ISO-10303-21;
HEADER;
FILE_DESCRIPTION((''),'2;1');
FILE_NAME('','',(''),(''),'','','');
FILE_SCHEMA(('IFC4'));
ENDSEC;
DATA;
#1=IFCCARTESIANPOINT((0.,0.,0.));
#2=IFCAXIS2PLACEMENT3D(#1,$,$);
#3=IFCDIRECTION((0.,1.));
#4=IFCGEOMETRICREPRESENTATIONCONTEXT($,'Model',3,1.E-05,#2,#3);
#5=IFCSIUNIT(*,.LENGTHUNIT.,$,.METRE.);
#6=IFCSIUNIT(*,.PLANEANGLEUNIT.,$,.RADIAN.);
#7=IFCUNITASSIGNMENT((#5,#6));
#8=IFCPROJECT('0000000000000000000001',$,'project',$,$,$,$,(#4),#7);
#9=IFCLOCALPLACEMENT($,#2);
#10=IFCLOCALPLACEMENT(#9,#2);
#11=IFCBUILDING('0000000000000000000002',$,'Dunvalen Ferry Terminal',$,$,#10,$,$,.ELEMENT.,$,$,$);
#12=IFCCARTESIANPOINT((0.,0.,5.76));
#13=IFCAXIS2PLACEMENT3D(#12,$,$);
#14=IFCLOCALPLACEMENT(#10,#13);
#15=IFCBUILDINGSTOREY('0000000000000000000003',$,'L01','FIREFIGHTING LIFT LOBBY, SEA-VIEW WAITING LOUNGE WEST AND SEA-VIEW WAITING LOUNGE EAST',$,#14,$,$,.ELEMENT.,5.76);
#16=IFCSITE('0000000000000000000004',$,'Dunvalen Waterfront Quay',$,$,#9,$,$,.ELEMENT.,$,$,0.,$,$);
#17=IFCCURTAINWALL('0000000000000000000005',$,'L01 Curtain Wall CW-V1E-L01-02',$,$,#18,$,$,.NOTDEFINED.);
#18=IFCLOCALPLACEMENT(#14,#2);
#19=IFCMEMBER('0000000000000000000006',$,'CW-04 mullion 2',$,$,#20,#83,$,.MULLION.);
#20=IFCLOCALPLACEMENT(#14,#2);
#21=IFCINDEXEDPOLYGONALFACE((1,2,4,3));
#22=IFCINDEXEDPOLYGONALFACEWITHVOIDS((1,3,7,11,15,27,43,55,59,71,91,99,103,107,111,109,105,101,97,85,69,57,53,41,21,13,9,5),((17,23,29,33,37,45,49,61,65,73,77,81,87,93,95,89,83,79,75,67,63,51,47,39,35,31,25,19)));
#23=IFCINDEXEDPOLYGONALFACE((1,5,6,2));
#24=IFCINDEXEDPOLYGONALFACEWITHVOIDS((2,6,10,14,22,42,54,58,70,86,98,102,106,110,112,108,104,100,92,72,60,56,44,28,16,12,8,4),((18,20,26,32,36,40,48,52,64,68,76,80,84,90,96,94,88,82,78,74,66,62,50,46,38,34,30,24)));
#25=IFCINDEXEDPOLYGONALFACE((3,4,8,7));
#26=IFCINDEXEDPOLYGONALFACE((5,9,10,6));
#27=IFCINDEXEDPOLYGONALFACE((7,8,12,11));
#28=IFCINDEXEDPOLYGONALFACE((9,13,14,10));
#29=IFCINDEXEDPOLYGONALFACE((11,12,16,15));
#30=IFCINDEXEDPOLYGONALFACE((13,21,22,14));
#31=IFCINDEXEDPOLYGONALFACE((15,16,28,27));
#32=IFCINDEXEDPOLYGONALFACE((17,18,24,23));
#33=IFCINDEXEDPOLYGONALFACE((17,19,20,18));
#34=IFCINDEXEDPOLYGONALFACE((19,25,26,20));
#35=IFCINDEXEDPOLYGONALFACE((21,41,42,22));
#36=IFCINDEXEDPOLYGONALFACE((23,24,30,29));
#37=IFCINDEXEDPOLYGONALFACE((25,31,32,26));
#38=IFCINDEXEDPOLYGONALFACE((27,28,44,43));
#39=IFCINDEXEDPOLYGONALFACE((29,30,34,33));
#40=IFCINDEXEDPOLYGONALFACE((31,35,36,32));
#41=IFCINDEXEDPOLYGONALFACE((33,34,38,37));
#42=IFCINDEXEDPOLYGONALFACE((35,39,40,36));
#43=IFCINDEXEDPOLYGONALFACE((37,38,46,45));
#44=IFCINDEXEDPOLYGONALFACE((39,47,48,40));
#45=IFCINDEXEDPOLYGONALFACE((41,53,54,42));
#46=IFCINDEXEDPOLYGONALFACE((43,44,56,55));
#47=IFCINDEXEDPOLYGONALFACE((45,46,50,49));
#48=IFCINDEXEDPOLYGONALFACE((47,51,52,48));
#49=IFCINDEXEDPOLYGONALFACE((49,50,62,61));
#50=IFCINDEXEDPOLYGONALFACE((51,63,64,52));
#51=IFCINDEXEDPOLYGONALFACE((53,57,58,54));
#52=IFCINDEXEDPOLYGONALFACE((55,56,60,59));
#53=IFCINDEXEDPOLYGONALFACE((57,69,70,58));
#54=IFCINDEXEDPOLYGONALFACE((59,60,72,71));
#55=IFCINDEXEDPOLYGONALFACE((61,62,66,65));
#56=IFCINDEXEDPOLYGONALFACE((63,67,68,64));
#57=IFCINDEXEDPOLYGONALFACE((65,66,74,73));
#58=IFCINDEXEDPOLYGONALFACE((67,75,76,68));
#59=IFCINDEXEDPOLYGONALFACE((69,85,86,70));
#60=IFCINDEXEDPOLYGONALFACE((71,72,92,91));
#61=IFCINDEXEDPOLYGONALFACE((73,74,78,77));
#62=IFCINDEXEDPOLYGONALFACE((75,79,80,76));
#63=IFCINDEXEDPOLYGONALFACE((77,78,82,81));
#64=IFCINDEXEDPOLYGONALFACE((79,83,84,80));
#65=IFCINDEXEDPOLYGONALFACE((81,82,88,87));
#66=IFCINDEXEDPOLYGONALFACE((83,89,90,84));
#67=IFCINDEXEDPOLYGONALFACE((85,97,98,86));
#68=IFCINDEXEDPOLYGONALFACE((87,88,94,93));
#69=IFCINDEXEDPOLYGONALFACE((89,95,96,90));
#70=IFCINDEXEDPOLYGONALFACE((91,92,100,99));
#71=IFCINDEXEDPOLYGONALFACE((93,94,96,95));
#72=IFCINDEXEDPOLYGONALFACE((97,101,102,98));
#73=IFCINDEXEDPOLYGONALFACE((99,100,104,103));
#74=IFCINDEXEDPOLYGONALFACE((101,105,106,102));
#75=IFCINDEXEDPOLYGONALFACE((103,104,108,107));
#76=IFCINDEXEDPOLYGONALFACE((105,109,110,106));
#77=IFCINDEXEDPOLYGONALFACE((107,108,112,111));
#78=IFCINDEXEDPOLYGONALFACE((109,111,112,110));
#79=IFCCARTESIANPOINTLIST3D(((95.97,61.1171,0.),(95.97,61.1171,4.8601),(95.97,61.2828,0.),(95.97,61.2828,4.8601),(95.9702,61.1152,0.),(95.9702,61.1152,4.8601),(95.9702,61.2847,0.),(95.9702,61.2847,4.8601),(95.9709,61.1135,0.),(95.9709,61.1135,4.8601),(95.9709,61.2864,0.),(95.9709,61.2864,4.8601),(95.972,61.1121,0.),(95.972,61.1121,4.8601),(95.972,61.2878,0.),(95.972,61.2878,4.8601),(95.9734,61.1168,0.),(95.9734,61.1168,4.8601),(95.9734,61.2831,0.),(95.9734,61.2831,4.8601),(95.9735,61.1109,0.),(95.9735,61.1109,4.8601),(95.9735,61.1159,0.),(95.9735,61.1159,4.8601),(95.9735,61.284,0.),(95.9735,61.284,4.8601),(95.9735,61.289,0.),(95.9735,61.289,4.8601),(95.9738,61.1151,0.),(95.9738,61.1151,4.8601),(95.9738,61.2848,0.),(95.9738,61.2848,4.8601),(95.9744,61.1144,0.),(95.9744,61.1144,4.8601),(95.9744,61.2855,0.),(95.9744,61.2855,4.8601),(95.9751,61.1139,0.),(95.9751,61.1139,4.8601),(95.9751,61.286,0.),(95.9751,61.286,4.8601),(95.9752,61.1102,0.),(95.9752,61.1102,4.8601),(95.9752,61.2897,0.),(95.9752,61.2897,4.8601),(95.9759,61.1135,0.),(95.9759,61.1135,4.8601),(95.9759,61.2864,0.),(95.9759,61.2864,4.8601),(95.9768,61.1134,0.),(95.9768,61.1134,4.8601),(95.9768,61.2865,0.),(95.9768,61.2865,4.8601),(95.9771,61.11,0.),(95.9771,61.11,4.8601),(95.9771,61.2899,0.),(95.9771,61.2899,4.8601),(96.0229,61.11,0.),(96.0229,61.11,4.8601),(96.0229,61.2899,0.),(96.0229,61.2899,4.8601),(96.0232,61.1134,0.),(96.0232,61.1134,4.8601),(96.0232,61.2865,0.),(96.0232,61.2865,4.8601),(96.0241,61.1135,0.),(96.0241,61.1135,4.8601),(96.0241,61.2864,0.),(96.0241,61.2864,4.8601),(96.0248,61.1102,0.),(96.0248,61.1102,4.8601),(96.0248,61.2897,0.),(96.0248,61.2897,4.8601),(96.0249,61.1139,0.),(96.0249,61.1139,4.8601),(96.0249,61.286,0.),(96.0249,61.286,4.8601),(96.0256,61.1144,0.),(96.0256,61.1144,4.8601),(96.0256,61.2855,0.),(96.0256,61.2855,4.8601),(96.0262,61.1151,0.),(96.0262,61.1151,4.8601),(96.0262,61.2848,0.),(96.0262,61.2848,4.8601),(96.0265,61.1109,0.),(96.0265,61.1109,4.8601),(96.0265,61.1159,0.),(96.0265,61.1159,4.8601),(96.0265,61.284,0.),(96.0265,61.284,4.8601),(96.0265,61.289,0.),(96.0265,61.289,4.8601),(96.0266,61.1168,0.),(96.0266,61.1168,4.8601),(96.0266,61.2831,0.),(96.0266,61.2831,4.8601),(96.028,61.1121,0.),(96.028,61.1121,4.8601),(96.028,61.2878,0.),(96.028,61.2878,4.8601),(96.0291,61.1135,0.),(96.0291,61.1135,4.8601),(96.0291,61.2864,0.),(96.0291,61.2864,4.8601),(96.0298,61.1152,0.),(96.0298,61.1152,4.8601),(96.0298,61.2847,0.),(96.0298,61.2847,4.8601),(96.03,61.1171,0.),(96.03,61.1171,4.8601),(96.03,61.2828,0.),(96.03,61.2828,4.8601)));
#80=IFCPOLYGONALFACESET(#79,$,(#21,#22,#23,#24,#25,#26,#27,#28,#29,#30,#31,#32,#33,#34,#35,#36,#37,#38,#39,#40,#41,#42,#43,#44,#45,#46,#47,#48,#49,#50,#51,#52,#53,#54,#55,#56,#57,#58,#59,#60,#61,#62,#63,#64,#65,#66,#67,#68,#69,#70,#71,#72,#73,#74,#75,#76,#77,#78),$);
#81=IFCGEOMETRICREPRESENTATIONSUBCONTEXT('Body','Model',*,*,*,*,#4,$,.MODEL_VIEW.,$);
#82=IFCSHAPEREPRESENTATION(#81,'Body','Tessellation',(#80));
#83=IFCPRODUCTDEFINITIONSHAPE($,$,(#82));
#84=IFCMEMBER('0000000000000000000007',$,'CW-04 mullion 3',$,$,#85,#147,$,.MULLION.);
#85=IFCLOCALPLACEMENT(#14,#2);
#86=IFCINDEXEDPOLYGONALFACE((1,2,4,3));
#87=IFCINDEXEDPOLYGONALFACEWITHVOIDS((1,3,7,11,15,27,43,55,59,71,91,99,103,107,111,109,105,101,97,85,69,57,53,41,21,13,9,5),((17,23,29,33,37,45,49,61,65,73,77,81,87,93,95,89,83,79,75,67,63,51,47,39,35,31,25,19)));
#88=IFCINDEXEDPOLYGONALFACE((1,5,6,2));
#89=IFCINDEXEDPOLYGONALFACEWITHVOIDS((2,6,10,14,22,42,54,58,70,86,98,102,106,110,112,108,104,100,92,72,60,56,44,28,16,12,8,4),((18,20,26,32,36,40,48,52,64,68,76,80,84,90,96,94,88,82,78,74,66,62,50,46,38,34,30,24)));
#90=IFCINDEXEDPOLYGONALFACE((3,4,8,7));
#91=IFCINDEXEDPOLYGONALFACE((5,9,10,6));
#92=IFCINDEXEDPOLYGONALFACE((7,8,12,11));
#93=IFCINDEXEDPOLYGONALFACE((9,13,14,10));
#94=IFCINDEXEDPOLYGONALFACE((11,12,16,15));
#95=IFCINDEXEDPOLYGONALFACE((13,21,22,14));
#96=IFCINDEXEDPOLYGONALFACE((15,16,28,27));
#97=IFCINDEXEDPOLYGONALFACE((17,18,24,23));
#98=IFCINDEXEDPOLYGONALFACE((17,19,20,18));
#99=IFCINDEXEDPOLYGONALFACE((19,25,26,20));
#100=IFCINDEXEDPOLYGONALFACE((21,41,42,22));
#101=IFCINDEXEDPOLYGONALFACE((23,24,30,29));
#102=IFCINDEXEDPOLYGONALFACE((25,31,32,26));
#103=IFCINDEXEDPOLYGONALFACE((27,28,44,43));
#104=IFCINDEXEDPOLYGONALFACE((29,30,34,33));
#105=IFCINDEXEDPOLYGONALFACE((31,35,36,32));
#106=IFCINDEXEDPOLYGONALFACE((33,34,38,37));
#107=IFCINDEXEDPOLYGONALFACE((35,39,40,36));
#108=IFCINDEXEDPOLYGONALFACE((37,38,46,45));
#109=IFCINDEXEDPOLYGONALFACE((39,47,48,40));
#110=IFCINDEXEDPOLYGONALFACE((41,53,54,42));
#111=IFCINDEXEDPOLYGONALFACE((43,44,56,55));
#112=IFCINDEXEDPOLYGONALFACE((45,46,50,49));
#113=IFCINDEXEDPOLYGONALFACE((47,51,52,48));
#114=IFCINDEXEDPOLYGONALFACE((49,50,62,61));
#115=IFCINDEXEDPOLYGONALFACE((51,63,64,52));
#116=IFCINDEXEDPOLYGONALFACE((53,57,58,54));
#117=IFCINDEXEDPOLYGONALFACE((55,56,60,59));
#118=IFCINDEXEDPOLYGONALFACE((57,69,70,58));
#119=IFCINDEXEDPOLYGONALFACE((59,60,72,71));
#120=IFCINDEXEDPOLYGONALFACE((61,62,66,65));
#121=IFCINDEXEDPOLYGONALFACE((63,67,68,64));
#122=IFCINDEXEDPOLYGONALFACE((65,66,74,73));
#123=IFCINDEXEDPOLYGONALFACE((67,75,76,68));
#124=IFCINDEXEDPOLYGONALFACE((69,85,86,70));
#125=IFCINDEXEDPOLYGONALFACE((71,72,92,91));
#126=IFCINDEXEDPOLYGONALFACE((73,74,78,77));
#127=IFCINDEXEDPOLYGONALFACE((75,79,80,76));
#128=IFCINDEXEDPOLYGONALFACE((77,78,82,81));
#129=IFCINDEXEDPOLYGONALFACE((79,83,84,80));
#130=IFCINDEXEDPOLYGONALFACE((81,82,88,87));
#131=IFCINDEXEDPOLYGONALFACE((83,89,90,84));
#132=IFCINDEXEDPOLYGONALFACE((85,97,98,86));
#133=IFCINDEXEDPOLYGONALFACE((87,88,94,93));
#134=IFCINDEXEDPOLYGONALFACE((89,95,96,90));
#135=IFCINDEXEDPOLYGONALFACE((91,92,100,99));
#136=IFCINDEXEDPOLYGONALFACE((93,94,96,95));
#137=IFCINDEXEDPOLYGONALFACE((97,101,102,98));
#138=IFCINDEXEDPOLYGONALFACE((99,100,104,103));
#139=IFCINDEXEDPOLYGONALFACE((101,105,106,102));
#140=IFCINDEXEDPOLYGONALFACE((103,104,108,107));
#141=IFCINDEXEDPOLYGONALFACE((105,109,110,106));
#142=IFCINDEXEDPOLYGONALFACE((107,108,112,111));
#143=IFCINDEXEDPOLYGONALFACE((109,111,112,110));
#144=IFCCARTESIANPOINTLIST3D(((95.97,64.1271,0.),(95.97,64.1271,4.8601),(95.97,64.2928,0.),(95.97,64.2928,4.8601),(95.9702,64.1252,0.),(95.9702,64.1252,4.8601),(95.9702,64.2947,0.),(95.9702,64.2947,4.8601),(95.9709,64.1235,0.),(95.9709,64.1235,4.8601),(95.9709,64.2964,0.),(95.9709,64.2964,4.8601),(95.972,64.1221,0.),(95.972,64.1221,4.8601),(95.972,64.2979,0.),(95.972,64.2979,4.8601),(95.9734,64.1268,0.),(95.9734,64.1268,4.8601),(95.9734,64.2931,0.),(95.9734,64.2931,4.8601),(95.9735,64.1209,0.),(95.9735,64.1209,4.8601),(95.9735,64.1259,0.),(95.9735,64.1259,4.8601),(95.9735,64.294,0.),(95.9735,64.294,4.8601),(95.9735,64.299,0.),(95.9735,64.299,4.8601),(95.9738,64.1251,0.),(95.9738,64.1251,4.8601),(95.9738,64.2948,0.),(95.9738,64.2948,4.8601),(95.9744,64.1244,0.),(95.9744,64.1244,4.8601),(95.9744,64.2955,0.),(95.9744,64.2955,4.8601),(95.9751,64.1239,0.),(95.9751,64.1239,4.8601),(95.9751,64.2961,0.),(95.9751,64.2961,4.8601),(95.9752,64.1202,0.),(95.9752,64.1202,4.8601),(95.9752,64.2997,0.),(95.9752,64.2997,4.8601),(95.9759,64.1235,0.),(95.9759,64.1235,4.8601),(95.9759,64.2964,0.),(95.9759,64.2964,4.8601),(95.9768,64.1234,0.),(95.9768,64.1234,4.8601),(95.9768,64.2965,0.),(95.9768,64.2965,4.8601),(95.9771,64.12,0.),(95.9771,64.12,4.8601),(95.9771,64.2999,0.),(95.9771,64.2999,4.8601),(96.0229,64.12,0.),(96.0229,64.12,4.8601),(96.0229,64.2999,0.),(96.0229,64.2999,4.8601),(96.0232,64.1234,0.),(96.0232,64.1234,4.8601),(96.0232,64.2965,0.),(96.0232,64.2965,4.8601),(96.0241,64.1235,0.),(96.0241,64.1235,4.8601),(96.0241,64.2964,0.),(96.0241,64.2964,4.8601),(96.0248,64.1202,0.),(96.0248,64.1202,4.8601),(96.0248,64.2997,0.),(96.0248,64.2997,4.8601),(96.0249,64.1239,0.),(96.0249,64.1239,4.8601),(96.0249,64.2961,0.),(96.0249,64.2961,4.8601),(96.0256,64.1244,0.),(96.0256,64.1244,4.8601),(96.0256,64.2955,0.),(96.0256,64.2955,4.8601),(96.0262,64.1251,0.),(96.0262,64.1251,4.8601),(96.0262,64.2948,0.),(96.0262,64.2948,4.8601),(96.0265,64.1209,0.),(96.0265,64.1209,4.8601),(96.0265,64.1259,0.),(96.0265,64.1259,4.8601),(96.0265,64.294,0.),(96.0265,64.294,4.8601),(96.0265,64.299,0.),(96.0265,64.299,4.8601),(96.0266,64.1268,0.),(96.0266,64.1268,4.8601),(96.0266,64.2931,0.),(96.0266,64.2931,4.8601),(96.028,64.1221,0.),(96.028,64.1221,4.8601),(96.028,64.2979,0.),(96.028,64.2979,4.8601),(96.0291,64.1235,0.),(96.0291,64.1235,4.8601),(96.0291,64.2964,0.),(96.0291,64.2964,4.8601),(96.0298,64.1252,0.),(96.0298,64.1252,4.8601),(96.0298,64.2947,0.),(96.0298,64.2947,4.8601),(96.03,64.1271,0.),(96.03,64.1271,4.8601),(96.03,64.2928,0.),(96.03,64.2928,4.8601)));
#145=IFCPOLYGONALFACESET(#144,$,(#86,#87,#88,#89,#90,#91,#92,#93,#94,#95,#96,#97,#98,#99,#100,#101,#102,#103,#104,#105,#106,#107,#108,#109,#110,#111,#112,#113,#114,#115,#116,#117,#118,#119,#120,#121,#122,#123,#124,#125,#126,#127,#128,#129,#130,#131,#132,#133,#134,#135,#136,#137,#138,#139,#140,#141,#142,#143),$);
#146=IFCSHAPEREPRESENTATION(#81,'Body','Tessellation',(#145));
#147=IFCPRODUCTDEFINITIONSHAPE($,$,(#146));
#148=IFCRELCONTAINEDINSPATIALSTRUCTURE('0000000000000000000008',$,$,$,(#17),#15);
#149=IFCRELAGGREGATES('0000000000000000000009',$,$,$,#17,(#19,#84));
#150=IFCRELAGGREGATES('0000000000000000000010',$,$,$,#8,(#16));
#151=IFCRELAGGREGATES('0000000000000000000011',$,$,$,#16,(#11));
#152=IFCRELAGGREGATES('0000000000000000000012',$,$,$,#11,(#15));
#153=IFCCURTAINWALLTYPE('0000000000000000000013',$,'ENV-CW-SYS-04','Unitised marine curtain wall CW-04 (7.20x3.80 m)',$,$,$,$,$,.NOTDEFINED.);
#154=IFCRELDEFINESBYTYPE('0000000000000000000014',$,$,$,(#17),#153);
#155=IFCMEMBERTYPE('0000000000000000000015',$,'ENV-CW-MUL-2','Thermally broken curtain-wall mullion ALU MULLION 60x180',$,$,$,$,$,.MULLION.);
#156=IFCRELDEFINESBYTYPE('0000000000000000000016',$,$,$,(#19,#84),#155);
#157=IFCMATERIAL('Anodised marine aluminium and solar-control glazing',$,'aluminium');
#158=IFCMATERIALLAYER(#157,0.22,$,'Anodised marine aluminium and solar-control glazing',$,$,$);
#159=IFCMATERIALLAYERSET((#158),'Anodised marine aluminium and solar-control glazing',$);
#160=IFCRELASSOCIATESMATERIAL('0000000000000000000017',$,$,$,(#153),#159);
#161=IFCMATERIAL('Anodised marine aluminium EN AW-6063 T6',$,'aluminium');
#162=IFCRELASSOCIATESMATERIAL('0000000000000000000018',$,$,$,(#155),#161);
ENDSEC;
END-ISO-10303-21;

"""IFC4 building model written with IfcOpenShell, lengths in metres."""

from ifc_helpers import new_model, si_unit, direction, frame, origin, origin_2d, place, context, subcontext, project, spatial, hollow_rectangle, extrude, material, layer, layer_set, material_profile, profile_set, type_object, element, aggregate, save


model = new_model("IFC4")

# Units and contexts
model_context = context("Model", 3, precision=1e-05, world=origin(), true_north=direction((0.0, 1.0)))
body_context = subcontext(model_context, "Body", "Model", "MODEL_VIEW")
ifc_project = project(units=[si_unit("LENGTHUNIT", "METRE"), si_unit("PLANEANGLEUNIT", "RADIAN")], contexts=[model_context])

# Site, building, storey
site_placement = place(None, origin())
site = spatial("IfcSite", under=ifc_project, at=site_placement, Name="Dunvalen Waterfront Quay", CompositionType="ELEMENT", RefElevation=0.0)
building_placement = place(site_placement, origin())
building = spatial("IfcBuilding", under=site, at=building_placement, Name="Dunvalen Ferry Terminal", CompositionType="ELEMENT")
storey_placement = place(building_placement, frame((0.0, 0.0, 5.76)))
storey = spatial("IfcBuildingStorey", under=building, at=storey_placement, Name="L01", Description="FIREFIGHTING LIFT LOBBY, SEA-VIEW WAITING LOUNGE WEST AND SEA-VIEW WAITING LOUNGE EAST", CompositionType="ELEMENT", Elevation=5.76)

# Shared definitions
ifc_material_1 = material(Name="Anodised marine aluminium and solar-control glazing", Category="aluminium")
ifc_layer_1 = layer(ifc_material_1, 0.22, Name="Anodised marine aluminium and solar-control glazing")
ifc_layer_set_1 = layer_set([ifc_layer_1], Name="Anodised marine aluminium and solar-control glazing")
curtain_wall_type = type_object("IfcCurtainWallType", Name="ENV-CW-SYS-04", Description="Unitised marine curtain wall CW-04 (7.20x3.80 m)", PredefinedType="NOTDEFINED", material=ifc_layer_set_1)
ifc_material_2 = material(Name="Anodised marine aluminium EN AW-6063 T6", Category="aluminium")
ifc_material_profile_1 = material_profile(ifc_material_2, hollow_rectangle(XDim=0.0601, YDim=0.1799, WallThickness=0.0034, InnerFilletRadius=0.0034, OuterFilletRadius=0.0071, at=origin_2d()), Name="Anodised marine aluminium EN AW-6063 T6")
ifc_profile_set_1 = profile_set([ifc_material_profile_1], Name="Anodised marine aluminium EN AW-6063 T6")
member_type_1 = type_object("IfcMemberType", Name="ENV-CW-MUL-2", Description="Thermally broken curtain-wall mullion ALU MULLION 60x180", PredefinedType="MULLION", material=ifc_profile_set_1)

# Curtain wall, members
curtain_wall_1_placement = place(storey_placement, origin())
curtain_wall_1 = element("IfcCurtainWall", 1, at=curtain_wall_1_placement, inside=storey, type_object=curtain_wall_type, Name="L01 Curtain Wall CW-V1E-L01-02", PredefinedType="NOTDEFINED")
member_1_placement = place(storey_placement, frame((96.0, 61.2, 0.0), z_axis=(0.0, 0.0, 1.0), x_axis=(-1.0, 0.0, 0.0)))
member_1 = element("IfcMember", 2, at=member_1_placement, type_object=member_type_1, Name="CW-04 mullion 2", PredefinedType="MULLION", context=body_context, shape_type="SweptSolid", body=[
    extrude(hollow_rectangle(XDim=0.0601, YDim=0.1799, WallThickness=0.0034, InnerFilletRadius=0.0034, OuterFilletRadius=0.0071, at=origin_2d()), origin(), (0.0, 0.0, 1.0), 4.8601),
])
member_2_placement = place(storey_placement, frame((96.0, 64.21, 0.0), z_axis=(0.0, 0.0, 1.0), x_axis=(-1.0, 0.0, 0.0)))
member_2 = element("IfcMember", 3, at=member_2_placement, type_object=member_type_1, Name="CW-04 mullion 3", PredefinedType="MULLION", context=body_context, shape_type="SweptSolid", body=[
    extrude(hollow_rectangle(XDim=0.0601, YDim=0.1799, WallThickness=0.0034, InnerFilletRadius=0.0034, OuterFilletRadius=0.0071, at=origin_2d()), origin(), (0.0, 0.0, 1.0), 4.8601),
])

aggregate(curtain_wall_1, [member_1, member_2])

save(model, "model.ifc")
